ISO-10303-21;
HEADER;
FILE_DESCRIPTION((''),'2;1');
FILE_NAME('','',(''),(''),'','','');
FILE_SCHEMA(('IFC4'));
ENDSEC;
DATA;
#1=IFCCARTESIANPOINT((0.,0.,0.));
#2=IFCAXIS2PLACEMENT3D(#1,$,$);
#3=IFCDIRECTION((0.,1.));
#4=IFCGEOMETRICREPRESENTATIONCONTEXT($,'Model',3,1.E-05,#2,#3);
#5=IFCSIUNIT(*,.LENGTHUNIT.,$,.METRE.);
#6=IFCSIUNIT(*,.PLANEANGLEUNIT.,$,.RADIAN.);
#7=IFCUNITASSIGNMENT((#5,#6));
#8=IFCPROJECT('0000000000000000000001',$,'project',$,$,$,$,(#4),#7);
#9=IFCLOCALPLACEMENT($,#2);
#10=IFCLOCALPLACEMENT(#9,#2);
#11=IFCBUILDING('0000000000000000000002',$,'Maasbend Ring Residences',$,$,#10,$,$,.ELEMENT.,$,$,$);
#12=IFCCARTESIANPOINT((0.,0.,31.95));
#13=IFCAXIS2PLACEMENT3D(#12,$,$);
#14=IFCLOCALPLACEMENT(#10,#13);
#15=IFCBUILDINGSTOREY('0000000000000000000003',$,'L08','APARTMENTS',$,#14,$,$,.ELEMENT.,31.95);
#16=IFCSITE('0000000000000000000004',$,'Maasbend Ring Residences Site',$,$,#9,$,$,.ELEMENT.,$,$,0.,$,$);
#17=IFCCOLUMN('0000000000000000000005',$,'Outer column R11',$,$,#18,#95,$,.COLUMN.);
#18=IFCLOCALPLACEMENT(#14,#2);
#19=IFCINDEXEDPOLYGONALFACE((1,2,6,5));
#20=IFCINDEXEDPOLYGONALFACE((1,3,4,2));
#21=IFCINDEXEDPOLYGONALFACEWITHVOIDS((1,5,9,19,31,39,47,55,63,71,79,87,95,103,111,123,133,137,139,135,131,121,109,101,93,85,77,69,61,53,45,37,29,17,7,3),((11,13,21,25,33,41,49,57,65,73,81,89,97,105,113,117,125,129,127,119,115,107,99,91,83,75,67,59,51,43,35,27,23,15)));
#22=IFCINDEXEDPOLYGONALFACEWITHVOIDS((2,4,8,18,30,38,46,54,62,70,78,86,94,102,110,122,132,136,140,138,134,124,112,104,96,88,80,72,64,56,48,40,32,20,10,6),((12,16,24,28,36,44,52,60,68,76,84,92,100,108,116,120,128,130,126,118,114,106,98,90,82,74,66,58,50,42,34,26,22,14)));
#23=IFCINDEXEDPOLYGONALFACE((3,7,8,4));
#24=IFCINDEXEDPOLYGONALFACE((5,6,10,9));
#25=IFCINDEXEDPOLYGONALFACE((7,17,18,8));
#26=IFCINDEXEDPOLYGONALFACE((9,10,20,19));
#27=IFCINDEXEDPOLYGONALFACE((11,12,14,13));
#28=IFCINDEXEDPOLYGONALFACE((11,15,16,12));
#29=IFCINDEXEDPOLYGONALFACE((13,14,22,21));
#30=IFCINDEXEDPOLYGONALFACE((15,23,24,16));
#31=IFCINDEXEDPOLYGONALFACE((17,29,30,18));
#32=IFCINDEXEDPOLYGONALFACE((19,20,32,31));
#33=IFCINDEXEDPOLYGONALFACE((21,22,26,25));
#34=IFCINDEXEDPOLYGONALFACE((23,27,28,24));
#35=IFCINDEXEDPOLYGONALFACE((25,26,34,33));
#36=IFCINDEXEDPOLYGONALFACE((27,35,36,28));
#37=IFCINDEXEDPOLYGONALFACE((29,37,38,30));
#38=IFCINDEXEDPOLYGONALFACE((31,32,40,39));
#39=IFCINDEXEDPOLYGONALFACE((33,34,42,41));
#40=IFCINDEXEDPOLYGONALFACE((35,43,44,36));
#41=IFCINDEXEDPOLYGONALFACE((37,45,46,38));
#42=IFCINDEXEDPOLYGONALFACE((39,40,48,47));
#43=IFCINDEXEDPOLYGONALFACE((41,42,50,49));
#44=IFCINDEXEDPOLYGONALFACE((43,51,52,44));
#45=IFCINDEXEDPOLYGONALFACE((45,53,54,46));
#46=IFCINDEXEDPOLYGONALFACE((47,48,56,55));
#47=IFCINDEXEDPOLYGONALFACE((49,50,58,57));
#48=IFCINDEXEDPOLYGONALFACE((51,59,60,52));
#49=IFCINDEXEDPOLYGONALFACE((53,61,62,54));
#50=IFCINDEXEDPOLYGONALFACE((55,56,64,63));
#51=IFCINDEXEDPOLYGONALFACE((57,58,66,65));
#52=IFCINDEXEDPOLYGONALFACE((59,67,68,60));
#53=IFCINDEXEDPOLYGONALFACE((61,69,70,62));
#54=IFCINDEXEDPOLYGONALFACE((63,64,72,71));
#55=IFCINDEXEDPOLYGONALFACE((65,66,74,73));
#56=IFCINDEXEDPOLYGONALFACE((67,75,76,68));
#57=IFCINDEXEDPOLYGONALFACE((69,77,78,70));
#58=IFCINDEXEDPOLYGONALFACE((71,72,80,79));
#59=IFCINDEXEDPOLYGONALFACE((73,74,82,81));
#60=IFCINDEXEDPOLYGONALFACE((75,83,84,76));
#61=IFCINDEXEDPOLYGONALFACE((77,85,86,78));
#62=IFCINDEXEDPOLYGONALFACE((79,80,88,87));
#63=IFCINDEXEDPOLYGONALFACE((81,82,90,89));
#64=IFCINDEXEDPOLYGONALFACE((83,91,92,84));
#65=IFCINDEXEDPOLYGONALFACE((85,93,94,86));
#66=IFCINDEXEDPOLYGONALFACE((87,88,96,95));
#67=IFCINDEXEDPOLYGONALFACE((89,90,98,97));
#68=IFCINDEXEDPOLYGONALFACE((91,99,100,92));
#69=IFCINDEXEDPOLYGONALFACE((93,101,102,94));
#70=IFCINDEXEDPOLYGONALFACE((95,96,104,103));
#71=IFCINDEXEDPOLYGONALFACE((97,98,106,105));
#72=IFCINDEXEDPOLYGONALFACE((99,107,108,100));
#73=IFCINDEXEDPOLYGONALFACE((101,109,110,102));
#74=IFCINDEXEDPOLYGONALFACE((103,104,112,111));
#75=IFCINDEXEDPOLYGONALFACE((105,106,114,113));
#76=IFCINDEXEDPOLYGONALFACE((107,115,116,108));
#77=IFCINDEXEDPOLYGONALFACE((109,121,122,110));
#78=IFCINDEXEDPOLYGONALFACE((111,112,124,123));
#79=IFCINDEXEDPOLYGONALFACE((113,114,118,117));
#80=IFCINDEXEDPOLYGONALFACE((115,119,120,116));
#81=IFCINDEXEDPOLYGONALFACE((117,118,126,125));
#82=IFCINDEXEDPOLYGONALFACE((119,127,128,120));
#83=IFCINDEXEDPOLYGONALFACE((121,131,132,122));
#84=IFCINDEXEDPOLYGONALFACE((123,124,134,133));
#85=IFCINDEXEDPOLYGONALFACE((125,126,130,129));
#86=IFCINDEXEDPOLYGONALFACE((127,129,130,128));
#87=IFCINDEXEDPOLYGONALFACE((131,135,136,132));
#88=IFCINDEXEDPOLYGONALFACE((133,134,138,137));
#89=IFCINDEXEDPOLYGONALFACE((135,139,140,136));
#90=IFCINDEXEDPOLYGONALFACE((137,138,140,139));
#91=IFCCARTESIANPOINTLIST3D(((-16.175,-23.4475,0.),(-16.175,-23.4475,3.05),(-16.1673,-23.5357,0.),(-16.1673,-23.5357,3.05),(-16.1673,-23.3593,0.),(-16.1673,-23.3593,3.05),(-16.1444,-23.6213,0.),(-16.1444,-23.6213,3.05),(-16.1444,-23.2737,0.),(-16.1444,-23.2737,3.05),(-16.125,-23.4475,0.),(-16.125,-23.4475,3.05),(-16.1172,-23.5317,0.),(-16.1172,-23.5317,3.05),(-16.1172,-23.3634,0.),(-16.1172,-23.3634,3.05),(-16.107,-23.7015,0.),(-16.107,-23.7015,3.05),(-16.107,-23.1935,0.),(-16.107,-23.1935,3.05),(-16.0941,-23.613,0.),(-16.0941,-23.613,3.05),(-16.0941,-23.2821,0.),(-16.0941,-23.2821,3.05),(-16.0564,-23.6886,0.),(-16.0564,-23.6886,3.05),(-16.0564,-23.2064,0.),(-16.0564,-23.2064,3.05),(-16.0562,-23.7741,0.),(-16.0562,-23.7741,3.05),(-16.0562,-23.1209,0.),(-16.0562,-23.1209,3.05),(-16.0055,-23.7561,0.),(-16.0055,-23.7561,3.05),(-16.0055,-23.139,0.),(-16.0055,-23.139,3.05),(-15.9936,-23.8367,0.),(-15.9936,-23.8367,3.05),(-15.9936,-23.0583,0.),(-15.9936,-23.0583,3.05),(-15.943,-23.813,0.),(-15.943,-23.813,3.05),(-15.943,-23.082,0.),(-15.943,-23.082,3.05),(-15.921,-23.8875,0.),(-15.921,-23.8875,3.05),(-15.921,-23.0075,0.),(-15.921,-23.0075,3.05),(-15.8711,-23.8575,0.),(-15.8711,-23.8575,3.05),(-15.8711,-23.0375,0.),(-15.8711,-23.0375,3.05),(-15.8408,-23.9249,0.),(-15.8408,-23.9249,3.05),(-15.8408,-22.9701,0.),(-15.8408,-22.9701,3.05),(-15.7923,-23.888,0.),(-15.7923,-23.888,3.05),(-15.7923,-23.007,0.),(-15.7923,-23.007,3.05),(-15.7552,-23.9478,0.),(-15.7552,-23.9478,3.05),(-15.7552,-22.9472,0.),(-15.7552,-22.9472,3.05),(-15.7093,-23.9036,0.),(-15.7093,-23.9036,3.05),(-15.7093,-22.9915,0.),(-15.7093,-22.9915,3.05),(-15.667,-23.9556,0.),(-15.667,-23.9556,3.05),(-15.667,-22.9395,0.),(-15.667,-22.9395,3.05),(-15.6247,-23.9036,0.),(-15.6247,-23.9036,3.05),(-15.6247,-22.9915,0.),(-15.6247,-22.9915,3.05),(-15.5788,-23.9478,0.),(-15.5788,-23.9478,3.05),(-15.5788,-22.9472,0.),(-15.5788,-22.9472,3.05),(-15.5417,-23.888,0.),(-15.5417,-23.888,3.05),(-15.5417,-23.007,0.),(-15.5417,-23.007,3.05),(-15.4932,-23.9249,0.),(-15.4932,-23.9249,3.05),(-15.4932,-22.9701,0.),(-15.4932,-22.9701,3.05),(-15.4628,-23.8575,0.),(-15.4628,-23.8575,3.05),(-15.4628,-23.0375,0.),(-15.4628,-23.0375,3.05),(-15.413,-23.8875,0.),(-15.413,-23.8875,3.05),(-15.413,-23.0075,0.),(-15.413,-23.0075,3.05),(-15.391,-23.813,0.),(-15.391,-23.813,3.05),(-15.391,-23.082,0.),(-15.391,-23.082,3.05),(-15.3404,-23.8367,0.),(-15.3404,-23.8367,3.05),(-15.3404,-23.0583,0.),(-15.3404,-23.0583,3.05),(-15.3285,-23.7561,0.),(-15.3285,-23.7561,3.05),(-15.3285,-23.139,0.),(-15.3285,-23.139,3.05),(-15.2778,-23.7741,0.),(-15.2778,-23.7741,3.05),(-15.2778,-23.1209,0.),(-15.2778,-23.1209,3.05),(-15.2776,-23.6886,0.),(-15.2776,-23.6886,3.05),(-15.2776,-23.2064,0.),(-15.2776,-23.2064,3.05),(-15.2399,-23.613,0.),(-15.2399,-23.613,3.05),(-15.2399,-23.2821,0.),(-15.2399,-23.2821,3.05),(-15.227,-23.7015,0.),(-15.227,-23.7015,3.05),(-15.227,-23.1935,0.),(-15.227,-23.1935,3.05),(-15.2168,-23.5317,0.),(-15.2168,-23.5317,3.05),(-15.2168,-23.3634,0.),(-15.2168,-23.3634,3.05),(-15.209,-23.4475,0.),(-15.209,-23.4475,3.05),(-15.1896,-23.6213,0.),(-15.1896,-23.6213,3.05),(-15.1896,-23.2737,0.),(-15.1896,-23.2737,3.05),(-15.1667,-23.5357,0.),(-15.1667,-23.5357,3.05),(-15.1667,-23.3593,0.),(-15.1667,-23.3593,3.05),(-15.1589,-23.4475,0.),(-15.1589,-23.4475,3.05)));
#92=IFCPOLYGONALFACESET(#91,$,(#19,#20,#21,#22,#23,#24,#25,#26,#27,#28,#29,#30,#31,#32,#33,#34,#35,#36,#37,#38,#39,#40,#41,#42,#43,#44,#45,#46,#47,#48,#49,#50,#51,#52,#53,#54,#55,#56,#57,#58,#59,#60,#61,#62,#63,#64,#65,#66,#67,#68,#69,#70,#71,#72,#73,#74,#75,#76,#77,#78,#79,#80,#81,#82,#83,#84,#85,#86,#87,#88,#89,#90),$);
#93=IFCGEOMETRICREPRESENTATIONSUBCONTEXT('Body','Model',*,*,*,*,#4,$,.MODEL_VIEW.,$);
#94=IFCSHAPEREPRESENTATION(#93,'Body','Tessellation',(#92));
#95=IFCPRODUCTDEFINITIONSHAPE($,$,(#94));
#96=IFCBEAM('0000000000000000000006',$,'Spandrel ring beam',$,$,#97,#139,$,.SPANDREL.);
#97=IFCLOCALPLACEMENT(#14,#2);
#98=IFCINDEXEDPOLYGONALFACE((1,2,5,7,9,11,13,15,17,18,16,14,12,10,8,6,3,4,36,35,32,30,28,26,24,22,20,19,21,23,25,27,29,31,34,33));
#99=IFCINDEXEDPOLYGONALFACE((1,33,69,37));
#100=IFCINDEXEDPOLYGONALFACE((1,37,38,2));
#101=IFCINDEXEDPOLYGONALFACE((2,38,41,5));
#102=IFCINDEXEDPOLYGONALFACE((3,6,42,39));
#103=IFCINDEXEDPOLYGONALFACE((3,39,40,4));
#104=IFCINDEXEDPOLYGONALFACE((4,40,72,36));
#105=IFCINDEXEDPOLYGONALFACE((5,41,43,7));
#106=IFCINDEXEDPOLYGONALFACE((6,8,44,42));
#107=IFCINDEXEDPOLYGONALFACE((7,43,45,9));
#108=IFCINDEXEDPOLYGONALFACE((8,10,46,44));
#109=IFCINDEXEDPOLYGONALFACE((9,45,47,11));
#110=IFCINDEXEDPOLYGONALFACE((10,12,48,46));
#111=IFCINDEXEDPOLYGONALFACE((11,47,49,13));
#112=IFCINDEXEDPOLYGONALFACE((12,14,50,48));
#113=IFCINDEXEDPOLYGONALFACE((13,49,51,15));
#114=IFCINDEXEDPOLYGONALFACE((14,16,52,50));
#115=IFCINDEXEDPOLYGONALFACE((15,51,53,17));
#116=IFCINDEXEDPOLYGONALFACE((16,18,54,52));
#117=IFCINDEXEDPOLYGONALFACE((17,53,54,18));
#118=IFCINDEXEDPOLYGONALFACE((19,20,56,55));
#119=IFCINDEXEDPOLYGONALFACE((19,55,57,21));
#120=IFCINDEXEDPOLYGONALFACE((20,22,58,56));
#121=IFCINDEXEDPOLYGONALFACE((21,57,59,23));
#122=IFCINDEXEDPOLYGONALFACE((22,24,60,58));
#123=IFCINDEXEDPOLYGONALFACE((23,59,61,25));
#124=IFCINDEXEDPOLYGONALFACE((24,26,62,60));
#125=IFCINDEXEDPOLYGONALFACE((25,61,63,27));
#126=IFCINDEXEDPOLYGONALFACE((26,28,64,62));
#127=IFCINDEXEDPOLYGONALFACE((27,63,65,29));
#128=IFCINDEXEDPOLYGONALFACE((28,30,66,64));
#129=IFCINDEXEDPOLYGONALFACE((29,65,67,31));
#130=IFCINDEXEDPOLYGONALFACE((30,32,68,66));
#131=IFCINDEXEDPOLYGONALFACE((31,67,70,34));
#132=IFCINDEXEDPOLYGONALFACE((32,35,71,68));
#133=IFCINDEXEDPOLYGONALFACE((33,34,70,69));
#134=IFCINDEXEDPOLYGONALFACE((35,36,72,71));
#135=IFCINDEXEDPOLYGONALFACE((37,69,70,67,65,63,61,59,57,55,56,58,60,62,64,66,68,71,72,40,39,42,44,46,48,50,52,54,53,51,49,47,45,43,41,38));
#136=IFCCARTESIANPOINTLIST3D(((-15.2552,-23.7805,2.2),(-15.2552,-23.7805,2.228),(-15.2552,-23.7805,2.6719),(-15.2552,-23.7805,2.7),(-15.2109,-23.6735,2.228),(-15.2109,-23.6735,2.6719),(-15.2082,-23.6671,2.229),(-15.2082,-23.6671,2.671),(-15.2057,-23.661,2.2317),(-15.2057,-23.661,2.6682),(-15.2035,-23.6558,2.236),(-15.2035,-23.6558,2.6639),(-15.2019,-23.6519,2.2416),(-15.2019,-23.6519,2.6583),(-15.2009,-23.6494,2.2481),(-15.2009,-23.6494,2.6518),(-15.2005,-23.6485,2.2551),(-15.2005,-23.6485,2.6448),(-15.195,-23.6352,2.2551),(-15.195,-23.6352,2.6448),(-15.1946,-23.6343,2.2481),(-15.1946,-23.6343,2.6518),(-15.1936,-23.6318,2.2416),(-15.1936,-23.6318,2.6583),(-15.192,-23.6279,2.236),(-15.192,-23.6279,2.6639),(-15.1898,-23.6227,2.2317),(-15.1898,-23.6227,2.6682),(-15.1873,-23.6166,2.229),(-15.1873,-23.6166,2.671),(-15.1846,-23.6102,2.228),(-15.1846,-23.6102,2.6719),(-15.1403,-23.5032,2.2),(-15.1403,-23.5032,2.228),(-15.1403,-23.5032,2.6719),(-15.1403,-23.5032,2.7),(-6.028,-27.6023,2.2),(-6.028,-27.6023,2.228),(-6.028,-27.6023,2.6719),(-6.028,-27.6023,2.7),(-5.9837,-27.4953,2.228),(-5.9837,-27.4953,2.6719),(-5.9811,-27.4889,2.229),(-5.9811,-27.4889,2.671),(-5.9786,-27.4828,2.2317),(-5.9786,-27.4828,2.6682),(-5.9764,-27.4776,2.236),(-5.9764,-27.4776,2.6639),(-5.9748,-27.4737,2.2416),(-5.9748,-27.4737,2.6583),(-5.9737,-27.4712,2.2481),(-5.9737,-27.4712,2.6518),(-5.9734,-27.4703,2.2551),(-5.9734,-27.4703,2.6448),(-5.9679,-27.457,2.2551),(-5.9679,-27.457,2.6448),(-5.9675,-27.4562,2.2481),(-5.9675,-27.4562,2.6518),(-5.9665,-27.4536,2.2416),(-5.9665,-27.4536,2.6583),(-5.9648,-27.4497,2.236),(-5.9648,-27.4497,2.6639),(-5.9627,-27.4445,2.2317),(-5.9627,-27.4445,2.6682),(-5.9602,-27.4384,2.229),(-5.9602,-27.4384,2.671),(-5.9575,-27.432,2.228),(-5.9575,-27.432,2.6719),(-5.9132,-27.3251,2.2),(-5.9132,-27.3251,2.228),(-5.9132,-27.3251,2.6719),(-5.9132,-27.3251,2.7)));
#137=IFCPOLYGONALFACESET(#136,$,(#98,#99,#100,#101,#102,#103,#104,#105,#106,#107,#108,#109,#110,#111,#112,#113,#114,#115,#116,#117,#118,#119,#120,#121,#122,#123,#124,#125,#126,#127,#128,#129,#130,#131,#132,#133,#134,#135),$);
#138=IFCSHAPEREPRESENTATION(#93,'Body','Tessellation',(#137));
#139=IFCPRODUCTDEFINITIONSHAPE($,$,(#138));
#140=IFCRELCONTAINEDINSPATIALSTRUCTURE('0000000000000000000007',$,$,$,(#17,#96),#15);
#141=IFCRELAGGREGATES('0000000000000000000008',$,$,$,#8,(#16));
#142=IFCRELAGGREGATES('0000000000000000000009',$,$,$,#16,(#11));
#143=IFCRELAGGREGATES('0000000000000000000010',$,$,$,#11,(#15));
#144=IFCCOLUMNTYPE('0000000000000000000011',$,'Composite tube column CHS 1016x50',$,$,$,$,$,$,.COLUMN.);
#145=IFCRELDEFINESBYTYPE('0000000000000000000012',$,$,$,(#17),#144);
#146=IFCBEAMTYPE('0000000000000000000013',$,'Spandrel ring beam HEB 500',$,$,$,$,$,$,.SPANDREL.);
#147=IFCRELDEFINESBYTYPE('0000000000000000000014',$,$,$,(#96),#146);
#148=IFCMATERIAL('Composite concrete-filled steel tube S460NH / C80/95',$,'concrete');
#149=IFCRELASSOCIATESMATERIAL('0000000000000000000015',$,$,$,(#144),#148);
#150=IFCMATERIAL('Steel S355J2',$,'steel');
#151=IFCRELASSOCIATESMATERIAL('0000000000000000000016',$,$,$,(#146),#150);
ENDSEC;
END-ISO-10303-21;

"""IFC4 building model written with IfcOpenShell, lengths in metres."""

from ifc_helpers import new_model, si_unit, direction, frame, origin, origin_2d, place, context, subcontext, project, spatial, hollow_circle, i_section, extrude, material, material_profile, profile_set, type_object, element, save


model = new_model("IFC4")

# Units and contexts
model_context = context("Model", 3, precision=1e-05, world=origin(), true_north=direction((0.0, 1.0)))
body_context = subcontext(model_context, "Body", "Model", "MODEL_VIEW")
ifc_project = project(units=[si_unit("LENGTHUNIT", "METRE"), si_unit("PLANEANGLEUNIT", "RADIAN")], contexts=[model_context])

# Site, building, storey
site_placement = place(None, origin())
site = spatial("IfcSite", under=ifc_project, at=site_placement, Name="Maasbend Ring Residences Site", CompositionType="ELEMENT", RefElevation=0.0)
building_placement = place(site_placement, origin())
building = spatial("IfcBuilding", under=site, at=building_placement, Name="Maasbend Ring Residences", CompositionType="ELEMENT")
storey_placement = place(building_placement, frame((0.0, 0.0, 31.95)))
storey = spatial("IfcBuildingStorey", under=building, at=storey_placement, Name="L08", Description="APARTMENTS", CompositionType="ELEMENT", Elevation=31.95)

# Column
ifc_material_1 = material(Name="Composite concrete-filled steel tube S460NH / C80/95", Category="concrete")
ifc_material_profile_1 = material_profile(ifc_material_1, hollow_circle(Radius=0.5081, WallThickness=0.05, at=origin_2d()), Name="Composite tube column CHS 1016x50")
ifc_profile_set_1 = profile_set([ifc_material_profile_1], Name="Composite concrete-filled steel tube S460NH / C80/95")
column_type = type_object("IfcColumnType", Name="Composite tube column CHS 1016x50", PredefinedType="COLUMN", material=ifc_profile_set_1)
column_placement = place(storey_placement, frame((-15.667, -23.4475, 0.0), z_axis=(0.0, 0.0, 1.0), x_axis=(1.0, 0.0, 0.0)))
element("IfcColumn", 1, at=column_placement, inside=storey, type_object=column_type, Name="Outer column R11", PredefinedType="COLUMN", context=body_context, shape_type="SweptSolid", body=[
    extrude(hollow_circle(Radius=0.5081, WallThickness=0.05, at=origin_2d()), origin(), (0.0, 0.0, 1.0), 3.05),
])

# Beam
ifc_material_2 = material(Name="Steel S355J2", Category="steel")
ifc_material_profile_2 = material_profile(ifc_material_2, i_section(OverallWidth=0.3, OverallDepth=0.5, WebThickness=0.0144, FlangeThickness=0.0281, FilletRadius=0.0271, at=origin_2d()), Name="HEB 500")
ifc_profile_set_2 = profile_set([ifc_material_profile_2], Name="Steel S355J2")
beam_type = type_object("IfcBeamType", Name="Spandrel ring beam HEB 500", PredefinedType="SPANDREL", material=ifc_profile_set_2)
beam_placement = place(storey_placement, frame((-15.1978, -23.6418, 2.45), z_axis=(0.923886, -0.382667, 0.0), x_axis=(0.382667, 0.923886, 0.0)))
element("IfcBeam", 2, at=beam_placement, inside=storey, type_object=beam_type, Name="Spandrel ring beam", PredefinedType="SPANDREL", context=body_context, shape_type="SweptSolid", body=[
    extrude(i_section(OverallWidth=0.3, OverallDepth=0.5, WebThickness=0.0144, FlangeThickness=0.0281, FilletRadius=0.0271, at=origin_2d()), origin(), (0.0, 0.0, 1.0), 9.9873),
])

save(model, "model.ifc")
